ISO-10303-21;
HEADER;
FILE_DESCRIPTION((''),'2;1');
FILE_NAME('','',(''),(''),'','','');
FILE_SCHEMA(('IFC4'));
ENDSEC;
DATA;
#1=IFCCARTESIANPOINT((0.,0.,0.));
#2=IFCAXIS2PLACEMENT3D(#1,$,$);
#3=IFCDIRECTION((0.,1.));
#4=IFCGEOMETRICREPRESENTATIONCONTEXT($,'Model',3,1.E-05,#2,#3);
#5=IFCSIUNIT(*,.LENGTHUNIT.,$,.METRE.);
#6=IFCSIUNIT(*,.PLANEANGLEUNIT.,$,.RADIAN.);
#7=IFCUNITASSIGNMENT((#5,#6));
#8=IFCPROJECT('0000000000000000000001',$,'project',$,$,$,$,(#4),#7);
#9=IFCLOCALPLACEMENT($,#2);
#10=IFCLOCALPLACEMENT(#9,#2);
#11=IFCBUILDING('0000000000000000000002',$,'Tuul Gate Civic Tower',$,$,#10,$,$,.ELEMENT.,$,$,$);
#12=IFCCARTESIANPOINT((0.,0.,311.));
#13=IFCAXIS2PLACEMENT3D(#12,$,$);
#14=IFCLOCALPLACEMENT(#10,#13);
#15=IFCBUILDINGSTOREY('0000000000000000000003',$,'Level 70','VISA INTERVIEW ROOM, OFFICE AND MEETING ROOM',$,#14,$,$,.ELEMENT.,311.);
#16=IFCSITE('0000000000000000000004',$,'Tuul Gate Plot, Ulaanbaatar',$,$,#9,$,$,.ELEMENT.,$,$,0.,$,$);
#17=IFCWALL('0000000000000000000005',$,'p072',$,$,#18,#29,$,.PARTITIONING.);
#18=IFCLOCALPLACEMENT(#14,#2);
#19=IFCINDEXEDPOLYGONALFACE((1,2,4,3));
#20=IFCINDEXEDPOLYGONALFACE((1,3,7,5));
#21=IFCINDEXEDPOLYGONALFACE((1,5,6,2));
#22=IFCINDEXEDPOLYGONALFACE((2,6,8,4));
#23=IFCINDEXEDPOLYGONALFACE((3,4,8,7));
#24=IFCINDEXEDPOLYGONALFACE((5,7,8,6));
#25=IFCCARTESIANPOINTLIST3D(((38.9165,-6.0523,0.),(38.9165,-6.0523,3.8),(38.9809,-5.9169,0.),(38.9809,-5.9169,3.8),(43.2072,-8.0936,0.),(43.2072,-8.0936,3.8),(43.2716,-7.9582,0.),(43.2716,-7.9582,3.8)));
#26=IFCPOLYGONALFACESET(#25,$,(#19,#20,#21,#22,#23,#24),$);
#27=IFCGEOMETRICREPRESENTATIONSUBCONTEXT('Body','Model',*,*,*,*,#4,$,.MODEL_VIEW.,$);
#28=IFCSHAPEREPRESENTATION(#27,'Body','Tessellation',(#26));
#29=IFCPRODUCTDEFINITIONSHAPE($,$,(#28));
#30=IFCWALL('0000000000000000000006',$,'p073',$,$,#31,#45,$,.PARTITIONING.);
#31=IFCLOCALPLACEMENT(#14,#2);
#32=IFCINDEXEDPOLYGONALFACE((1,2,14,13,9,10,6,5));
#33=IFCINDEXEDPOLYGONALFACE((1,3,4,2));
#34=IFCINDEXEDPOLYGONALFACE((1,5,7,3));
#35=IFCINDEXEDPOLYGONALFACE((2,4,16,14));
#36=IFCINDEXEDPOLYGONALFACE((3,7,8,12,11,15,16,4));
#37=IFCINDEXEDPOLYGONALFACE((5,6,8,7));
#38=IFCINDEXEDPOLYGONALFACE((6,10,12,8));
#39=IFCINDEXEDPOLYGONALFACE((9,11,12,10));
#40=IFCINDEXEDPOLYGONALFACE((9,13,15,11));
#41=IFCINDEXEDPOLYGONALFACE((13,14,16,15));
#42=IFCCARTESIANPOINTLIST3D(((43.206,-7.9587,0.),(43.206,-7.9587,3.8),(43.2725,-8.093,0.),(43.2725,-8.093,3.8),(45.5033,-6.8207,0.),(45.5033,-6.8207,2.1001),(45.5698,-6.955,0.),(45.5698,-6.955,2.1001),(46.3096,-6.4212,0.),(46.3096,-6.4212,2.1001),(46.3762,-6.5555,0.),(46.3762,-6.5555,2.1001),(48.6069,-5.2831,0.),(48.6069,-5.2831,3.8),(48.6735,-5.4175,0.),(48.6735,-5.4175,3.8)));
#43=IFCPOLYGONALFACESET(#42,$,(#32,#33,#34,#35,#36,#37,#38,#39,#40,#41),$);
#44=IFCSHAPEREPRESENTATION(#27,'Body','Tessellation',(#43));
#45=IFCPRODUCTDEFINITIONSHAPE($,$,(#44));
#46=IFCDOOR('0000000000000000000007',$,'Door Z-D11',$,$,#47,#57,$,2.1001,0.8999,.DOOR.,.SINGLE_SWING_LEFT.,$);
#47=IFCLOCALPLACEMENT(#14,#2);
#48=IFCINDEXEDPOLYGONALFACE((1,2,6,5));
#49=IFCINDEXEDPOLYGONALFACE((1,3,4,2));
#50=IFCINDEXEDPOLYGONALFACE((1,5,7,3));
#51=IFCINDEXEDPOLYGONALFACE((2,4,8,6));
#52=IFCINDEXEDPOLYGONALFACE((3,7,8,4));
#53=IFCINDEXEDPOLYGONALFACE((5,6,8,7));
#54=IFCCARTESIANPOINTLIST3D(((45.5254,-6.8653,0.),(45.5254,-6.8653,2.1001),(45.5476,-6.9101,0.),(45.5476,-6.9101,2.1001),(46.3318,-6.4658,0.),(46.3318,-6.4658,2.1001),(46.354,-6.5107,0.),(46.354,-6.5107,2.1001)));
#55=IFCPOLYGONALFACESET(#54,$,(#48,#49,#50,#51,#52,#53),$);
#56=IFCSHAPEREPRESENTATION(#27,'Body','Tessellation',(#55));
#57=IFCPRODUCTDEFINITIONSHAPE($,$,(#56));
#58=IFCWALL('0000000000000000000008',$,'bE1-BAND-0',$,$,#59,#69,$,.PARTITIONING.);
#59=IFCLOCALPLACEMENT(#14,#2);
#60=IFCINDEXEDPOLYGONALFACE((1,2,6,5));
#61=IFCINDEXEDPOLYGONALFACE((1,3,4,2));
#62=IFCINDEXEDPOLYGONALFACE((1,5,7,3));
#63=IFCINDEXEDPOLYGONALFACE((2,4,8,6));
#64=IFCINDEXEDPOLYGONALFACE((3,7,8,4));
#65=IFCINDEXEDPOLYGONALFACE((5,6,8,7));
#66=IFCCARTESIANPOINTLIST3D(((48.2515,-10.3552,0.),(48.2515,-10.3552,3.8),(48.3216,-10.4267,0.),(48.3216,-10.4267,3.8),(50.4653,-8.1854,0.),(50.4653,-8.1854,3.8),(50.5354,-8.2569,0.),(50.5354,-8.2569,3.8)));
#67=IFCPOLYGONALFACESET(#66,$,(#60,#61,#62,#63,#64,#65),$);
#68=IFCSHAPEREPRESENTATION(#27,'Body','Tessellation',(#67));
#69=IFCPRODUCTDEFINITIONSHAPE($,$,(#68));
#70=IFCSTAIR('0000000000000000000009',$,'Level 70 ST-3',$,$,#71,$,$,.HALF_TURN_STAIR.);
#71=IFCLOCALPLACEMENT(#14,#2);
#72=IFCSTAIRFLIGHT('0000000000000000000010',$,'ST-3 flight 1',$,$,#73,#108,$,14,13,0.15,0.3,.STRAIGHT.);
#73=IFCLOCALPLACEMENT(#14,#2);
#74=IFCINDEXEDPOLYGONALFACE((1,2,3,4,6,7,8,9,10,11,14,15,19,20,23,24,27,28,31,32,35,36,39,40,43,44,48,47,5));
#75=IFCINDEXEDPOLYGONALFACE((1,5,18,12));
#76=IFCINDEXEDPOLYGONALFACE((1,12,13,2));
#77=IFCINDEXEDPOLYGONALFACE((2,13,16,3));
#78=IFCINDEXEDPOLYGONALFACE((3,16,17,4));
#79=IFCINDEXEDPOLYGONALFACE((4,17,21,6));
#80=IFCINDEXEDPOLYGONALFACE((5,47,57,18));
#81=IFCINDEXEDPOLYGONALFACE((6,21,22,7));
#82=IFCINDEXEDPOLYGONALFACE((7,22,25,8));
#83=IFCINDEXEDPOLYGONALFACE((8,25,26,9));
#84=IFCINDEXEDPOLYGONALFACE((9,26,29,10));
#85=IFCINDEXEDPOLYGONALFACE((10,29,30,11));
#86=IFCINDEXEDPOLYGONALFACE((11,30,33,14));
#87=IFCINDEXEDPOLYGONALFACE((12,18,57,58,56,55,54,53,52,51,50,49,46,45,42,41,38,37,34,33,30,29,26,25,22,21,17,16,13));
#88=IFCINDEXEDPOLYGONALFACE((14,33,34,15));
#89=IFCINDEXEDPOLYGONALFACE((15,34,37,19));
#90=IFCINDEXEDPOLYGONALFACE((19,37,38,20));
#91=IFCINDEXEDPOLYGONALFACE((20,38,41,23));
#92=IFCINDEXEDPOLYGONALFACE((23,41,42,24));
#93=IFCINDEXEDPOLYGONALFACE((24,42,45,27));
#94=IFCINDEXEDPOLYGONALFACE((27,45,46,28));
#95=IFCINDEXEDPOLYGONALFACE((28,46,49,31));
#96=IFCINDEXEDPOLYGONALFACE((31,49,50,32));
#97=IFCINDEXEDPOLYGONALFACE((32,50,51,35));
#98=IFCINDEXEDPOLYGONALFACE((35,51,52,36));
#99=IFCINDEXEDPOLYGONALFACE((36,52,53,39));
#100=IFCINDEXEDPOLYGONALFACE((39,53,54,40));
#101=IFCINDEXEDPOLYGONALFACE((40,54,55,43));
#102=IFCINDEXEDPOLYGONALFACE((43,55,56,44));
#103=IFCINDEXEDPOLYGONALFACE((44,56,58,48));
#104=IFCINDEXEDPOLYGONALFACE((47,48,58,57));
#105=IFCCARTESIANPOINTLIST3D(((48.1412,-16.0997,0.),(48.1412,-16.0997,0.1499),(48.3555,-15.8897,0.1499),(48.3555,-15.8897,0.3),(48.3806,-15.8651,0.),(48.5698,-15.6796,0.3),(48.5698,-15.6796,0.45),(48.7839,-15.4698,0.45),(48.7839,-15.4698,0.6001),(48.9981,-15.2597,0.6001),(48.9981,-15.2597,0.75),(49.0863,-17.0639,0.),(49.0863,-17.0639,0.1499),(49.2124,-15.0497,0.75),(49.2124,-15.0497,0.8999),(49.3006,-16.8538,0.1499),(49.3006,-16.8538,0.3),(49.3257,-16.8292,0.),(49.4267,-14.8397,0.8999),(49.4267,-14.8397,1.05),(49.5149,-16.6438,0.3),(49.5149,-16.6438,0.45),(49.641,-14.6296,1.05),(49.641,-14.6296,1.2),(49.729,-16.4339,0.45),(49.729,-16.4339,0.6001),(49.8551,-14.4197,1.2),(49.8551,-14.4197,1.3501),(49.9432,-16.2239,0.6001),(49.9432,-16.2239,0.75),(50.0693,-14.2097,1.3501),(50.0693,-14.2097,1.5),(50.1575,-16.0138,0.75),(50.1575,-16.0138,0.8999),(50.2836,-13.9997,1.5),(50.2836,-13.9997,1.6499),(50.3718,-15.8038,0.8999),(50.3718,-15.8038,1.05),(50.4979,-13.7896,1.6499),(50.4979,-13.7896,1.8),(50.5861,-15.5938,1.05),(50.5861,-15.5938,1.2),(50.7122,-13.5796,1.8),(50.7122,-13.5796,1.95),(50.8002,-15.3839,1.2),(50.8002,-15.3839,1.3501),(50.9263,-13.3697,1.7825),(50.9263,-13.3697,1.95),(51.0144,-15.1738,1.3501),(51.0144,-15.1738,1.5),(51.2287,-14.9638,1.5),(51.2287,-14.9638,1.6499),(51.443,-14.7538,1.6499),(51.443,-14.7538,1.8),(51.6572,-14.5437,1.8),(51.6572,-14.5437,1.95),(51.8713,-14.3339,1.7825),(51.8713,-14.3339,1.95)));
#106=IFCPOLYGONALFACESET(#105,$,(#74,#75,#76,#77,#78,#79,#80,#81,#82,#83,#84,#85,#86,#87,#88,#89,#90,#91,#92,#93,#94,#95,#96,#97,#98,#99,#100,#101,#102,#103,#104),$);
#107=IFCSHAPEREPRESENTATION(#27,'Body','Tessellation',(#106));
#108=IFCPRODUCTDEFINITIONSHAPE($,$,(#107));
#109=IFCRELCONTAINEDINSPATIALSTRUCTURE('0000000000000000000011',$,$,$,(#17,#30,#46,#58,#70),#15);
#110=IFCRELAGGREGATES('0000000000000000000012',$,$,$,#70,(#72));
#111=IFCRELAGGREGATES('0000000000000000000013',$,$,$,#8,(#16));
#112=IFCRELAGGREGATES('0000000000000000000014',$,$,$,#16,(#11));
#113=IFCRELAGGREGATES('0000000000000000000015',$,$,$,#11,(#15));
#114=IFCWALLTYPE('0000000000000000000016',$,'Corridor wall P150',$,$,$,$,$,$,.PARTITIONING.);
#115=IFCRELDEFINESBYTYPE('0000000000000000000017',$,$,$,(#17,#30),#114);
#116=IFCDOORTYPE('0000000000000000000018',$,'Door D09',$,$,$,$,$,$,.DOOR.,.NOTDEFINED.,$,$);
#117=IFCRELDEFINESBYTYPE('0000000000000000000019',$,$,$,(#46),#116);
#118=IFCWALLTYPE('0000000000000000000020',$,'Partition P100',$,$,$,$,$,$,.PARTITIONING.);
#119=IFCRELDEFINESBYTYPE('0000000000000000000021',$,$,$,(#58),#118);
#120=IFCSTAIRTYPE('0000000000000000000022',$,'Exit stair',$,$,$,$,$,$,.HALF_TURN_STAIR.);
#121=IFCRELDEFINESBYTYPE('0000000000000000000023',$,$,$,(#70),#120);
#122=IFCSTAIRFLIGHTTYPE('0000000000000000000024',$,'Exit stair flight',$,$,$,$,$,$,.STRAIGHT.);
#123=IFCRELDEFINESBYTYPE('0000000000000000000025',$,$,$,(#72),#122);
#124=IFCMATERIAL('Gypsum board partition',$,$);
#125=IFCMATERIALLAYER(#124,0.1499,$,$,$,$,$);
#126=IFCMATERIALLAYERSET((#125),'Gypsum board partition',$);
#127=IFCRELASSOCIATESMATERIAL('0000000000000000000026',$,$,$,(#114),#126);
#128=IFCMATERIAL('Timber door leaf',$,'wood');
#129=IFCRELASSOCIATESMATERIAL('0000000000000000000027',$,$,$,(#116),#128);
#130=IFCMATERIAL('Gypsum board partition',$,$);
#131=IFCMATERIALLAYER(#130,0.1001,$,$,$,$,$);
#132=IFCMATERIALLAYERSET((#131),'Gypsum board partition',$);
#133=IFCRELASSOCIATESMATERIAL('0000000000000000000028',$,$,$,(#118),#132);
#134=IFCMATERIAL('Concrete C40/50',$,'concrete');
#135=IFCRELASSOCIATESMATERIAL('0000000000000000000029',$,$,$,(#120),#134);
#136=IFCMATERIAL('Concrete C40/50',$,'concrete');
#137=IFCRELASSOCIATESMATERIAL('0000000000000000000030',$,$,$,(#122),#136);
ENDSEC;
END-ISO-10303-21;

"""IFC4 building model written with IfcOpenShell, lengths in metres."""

from ifc_helpers import new_model, si_unit, direction, frame, frame_2d, origin, place, context, subcontext, project, spatial, polyline, rectangle, outline, extrude, material, layer, layer_set, type_object, element, fill, aggregate, save


model = new_model("IFC4")

# Units and contexts
model_context = context("Model", 3, precision=1e-05, world=origin(), true_north=direction((0.0, 1.0)))
body_context = subcontext(model_context, "Body", "Model", "MODEL_VIEW")
ifc_project = project(units=[si_unit("LENGTHUNIT", "METRE"), si_unit("PLANEANGLEUNIT", "RADIAN")], contexts=[model_context])

# Site, building, storey
site_placement = place(None, origin())
site = spatial("IfcSite", under=ifc_project, at=site_placement, Name="Tuul Gate Plot, Ulaanbaatar", CompositionType="ELEMENT", RefElevation=0.0)
building_placement = place(site_placement, origin())
building = spatial("IfcBuilding", under=site, at=building_placement, Name="Tuul Gate Civic Tower", CompositionType="ELEMENT")
storey_placement = place(building_placement, frame((0.0, 0.0, 311.0)))
storey = spatial("IfcBuildingStorey", under=building, at=storey_placement, Name="Level 70", Description="VISA INTERVIEW ROOM, OFFICE AND MEETING ROOM", CompositionType="ELEMENT", Elevation=311.0)

# Wall
ifc_material_1 = material(Name="Gypsum board partition")
ifc_layer_1 = layer(ifc_material_1, 0.1499)
ifc_layer_set_1 = layer_set([ifc_layer_1], Name="Gypsum board partition")
wall_type_1 = type_object("IfcWallType", Name="Corridor wall P150", PredefinedType="PARTITIONING", material=ifc_layer_set_1)
wall_1_placement = place(storey_placement, frame((38.9487, -5.9846, 0.0), z_axis=(0.0, 0.0, 1.0), x_axis=(0.903011, -0.429616, 0.0)))
element("IfcWall", 1, at=wall_1_placement, inside=storey, type_object=wall_type_1, Name="p072", PredefinedType="PARTITIONING", context=body_context, shape_type="SweptSolid", body=[
    extrude(rectangle(XDim=4.7515, YDim=0.1499, at=frame_2d((2.3757, 0.0))), origin(), (0.0, 0.0, 1.0), 3.8),
])

# Wall, opening, door
wall_2_placement = place(storey_placement, frame((43.2393, -8.0259, 0.0), z_axis=(0.0, 0.0, 1.0), x_axis=(0.896074, 0.443905, 0.0)))
wall_2 = element("IfcWall", 2, at=wall_2_placement, inside=storey, type_object=wall_type_1, Name="p073", PredefinedType="PARTITIONING", context=body_context, shape_type="SweptSolid", body=[
    extrude(rectangle(XDim=6.0273, YDim=0.1499, at=frame_2d((3.0137, 0.0))), origin(), (0.0, 0.0, 1.0), 3.8),
])
opening_1_placement = place(wall_2_placement, frame((2.5637, 0.0, 0.0)))
opening_1 = element("IfcOpeningElement", 3, at=opening_1_placement, cuts=wall_2, PredefinedType="OPENING", context=body_context, shape_type="SweptSolid", body=[
    extrude(rectangle(XDim=0.8999, YDim=2.1001, at=frame_2d((0.45, 1.05))), frame((0.0, 0.085, 0.0), z_axis=(0.0, -1.0, 0.0), x_axis=(1.0, 0.0, 0.0)), (0.0, 0.0, 1.0), 0.1699),
])
ifc_material_2 = material(Name="Timber door leaf", Category="wood")
door_type_1 = type_object("IfcDoorType", Name="Door D09", OperationType="NOTDEFINED", PredefinedType="DOOR", material=ifc_material_2)
door_1_placement = place(opening_1_placement, frame((0.8999, 0.0, 0.0), z_axis=(0.0, 0.0, 1.0), x_axis=(-1.0, 0.0, 0.0)))
door_1 = element("IfcDoor", 4, at=door_1_placement, inside=storey, type_object=door_type_1, Name="Door Z-D11", OperationType="SINGLE_SWING_LEFT", OverallHeight=2.1001, OverallWidth=0.8999, PredefinedType="DOOR", context=body_context, shape_type="SweptSolid", body=[
    extrude(rectangle(XDim=0.8999, YDim=2.1001, at=frame_2d((0.45, 1.05))), frame((0.0, 0.0249, 0.0), z_axis=(0.0, -1.0, 0.0), x_axis=(1.0, 0.0, 0.0)), (0.0, 0.0, 1.0), 0.05),
])
fill(opening_1, door_1)

# Wall
ifc_material_3 = material(Name="Gypsum board partition")
ifc_layer_2 = layer(ifc_material_3, 0.1001)
ifc_layer_set_2 = layer_set([ifc_layer_2], Name="Gypsum board partition")
wall_type_2 = type_object("IfcWallType", Name="Partition P100", PredefinedType="PARTITIONING", material=ifc_layer_set_2)
wall_3_placement = place(storey_placement, frame((48.2866, -10.3909, 0.0), z_axis=(0.0, 0.0, 1.0), x_axis=(0.714159, 0.699983, 0.0)))
element("IfcWall", 5, at=wall_3_placement, inside=storey, type_object=wall_type_2, Name="bE1-BAND-0", PredefinedType="PARTITIONING", context=body_context, shape_type="SweptSolid", body=[
    extrude(rectangle(XDim=3.0999, YDim=0.1001, at=frame_2d((1.5498, 0.0))), origin(), (0.0, 0.0, 1.0), 3.8),
])

# Stair, stair flight
ifc_material_4 = material(Name="Concrete C40/50", Category="concrete")
stair_type = type_object("IfcStairType", Name="Exit stair", PredefinedType="HALF_TURN_STAIR", material=ifc_material_4)
stair_placement = place(storey_placement, origin())
stair = element("IfcStair", 6, at=stair_placement, inside=storey, type_object=stair_type, Name="Level 70 ST-3", PredefinedType="HALF_TURN_STAIR")
ifc_material_5 = material(Name="Concrete C40/50", Category="concrete")
stair_flight_type = type_object("IfcStairFlightType", Name="Exit stair flight", PredefinedType="STRAIGHT", material=ifc_material_5)
stair_flight_placement = place(storey_placement, frame((48.6138, -16.5818, 0.0), z_axis=(0.0, 0.0, 1.0), x_axis=(0.714127, 0.700016, 0.0)))
stair_flight = element("IfcStairFlight", 7, at=stair_flight_placement, type_object=stair_flight_type, Name="ST-3 flight 1", NumberOfRisers=14, NumberOfTreads=13, PredefinedType="STRAIGHT", RiserHeight=0.15, TreadLength=0.3, context=body_context, shape_type="SweptSolid", body=[
    extrude(outline(polyline([(0.0, 0.0), (0.0, 0.1499), (0.3, 0.1499), (0.3, 0.3), (0.6001, 0.3), (0.6001, 0.45), (0.8999, 0.45), (0.8999, 0.6001), (1.2, 0.6001), (1.2, 0.75), (1.5, 0.75), (1.5, 0.8999), (1.8, 0.8999), (1.8, 1.05), (2.1001, 1.05), (2.1001, 1.2), (2.3999, 1.2), (2.3999, 1.3501), (2.7, 1.3501), (2.7, 1.5), (3.0, 1.5), (3.0, 1.6499), (3.3, 1.6499), (3.3, 1.8), (3.6001, 1.8), (3.6001, 1.95), (3.8999, 1.95), (3.8999, 2.1001), (3.8999, 1.7825), (0.3352, 0.0), (0.0, 0.0)])), frame((0.0, 0.675, 0.0), z_axis=(0.0, -1.0, 0.0), x_axis=(1.0, 0.0, 0.0)), (0.0, 0.0, 1.0), 1.3501),
])
aggregate(stair, [stair_flight])

save(model, "model.ifc")
